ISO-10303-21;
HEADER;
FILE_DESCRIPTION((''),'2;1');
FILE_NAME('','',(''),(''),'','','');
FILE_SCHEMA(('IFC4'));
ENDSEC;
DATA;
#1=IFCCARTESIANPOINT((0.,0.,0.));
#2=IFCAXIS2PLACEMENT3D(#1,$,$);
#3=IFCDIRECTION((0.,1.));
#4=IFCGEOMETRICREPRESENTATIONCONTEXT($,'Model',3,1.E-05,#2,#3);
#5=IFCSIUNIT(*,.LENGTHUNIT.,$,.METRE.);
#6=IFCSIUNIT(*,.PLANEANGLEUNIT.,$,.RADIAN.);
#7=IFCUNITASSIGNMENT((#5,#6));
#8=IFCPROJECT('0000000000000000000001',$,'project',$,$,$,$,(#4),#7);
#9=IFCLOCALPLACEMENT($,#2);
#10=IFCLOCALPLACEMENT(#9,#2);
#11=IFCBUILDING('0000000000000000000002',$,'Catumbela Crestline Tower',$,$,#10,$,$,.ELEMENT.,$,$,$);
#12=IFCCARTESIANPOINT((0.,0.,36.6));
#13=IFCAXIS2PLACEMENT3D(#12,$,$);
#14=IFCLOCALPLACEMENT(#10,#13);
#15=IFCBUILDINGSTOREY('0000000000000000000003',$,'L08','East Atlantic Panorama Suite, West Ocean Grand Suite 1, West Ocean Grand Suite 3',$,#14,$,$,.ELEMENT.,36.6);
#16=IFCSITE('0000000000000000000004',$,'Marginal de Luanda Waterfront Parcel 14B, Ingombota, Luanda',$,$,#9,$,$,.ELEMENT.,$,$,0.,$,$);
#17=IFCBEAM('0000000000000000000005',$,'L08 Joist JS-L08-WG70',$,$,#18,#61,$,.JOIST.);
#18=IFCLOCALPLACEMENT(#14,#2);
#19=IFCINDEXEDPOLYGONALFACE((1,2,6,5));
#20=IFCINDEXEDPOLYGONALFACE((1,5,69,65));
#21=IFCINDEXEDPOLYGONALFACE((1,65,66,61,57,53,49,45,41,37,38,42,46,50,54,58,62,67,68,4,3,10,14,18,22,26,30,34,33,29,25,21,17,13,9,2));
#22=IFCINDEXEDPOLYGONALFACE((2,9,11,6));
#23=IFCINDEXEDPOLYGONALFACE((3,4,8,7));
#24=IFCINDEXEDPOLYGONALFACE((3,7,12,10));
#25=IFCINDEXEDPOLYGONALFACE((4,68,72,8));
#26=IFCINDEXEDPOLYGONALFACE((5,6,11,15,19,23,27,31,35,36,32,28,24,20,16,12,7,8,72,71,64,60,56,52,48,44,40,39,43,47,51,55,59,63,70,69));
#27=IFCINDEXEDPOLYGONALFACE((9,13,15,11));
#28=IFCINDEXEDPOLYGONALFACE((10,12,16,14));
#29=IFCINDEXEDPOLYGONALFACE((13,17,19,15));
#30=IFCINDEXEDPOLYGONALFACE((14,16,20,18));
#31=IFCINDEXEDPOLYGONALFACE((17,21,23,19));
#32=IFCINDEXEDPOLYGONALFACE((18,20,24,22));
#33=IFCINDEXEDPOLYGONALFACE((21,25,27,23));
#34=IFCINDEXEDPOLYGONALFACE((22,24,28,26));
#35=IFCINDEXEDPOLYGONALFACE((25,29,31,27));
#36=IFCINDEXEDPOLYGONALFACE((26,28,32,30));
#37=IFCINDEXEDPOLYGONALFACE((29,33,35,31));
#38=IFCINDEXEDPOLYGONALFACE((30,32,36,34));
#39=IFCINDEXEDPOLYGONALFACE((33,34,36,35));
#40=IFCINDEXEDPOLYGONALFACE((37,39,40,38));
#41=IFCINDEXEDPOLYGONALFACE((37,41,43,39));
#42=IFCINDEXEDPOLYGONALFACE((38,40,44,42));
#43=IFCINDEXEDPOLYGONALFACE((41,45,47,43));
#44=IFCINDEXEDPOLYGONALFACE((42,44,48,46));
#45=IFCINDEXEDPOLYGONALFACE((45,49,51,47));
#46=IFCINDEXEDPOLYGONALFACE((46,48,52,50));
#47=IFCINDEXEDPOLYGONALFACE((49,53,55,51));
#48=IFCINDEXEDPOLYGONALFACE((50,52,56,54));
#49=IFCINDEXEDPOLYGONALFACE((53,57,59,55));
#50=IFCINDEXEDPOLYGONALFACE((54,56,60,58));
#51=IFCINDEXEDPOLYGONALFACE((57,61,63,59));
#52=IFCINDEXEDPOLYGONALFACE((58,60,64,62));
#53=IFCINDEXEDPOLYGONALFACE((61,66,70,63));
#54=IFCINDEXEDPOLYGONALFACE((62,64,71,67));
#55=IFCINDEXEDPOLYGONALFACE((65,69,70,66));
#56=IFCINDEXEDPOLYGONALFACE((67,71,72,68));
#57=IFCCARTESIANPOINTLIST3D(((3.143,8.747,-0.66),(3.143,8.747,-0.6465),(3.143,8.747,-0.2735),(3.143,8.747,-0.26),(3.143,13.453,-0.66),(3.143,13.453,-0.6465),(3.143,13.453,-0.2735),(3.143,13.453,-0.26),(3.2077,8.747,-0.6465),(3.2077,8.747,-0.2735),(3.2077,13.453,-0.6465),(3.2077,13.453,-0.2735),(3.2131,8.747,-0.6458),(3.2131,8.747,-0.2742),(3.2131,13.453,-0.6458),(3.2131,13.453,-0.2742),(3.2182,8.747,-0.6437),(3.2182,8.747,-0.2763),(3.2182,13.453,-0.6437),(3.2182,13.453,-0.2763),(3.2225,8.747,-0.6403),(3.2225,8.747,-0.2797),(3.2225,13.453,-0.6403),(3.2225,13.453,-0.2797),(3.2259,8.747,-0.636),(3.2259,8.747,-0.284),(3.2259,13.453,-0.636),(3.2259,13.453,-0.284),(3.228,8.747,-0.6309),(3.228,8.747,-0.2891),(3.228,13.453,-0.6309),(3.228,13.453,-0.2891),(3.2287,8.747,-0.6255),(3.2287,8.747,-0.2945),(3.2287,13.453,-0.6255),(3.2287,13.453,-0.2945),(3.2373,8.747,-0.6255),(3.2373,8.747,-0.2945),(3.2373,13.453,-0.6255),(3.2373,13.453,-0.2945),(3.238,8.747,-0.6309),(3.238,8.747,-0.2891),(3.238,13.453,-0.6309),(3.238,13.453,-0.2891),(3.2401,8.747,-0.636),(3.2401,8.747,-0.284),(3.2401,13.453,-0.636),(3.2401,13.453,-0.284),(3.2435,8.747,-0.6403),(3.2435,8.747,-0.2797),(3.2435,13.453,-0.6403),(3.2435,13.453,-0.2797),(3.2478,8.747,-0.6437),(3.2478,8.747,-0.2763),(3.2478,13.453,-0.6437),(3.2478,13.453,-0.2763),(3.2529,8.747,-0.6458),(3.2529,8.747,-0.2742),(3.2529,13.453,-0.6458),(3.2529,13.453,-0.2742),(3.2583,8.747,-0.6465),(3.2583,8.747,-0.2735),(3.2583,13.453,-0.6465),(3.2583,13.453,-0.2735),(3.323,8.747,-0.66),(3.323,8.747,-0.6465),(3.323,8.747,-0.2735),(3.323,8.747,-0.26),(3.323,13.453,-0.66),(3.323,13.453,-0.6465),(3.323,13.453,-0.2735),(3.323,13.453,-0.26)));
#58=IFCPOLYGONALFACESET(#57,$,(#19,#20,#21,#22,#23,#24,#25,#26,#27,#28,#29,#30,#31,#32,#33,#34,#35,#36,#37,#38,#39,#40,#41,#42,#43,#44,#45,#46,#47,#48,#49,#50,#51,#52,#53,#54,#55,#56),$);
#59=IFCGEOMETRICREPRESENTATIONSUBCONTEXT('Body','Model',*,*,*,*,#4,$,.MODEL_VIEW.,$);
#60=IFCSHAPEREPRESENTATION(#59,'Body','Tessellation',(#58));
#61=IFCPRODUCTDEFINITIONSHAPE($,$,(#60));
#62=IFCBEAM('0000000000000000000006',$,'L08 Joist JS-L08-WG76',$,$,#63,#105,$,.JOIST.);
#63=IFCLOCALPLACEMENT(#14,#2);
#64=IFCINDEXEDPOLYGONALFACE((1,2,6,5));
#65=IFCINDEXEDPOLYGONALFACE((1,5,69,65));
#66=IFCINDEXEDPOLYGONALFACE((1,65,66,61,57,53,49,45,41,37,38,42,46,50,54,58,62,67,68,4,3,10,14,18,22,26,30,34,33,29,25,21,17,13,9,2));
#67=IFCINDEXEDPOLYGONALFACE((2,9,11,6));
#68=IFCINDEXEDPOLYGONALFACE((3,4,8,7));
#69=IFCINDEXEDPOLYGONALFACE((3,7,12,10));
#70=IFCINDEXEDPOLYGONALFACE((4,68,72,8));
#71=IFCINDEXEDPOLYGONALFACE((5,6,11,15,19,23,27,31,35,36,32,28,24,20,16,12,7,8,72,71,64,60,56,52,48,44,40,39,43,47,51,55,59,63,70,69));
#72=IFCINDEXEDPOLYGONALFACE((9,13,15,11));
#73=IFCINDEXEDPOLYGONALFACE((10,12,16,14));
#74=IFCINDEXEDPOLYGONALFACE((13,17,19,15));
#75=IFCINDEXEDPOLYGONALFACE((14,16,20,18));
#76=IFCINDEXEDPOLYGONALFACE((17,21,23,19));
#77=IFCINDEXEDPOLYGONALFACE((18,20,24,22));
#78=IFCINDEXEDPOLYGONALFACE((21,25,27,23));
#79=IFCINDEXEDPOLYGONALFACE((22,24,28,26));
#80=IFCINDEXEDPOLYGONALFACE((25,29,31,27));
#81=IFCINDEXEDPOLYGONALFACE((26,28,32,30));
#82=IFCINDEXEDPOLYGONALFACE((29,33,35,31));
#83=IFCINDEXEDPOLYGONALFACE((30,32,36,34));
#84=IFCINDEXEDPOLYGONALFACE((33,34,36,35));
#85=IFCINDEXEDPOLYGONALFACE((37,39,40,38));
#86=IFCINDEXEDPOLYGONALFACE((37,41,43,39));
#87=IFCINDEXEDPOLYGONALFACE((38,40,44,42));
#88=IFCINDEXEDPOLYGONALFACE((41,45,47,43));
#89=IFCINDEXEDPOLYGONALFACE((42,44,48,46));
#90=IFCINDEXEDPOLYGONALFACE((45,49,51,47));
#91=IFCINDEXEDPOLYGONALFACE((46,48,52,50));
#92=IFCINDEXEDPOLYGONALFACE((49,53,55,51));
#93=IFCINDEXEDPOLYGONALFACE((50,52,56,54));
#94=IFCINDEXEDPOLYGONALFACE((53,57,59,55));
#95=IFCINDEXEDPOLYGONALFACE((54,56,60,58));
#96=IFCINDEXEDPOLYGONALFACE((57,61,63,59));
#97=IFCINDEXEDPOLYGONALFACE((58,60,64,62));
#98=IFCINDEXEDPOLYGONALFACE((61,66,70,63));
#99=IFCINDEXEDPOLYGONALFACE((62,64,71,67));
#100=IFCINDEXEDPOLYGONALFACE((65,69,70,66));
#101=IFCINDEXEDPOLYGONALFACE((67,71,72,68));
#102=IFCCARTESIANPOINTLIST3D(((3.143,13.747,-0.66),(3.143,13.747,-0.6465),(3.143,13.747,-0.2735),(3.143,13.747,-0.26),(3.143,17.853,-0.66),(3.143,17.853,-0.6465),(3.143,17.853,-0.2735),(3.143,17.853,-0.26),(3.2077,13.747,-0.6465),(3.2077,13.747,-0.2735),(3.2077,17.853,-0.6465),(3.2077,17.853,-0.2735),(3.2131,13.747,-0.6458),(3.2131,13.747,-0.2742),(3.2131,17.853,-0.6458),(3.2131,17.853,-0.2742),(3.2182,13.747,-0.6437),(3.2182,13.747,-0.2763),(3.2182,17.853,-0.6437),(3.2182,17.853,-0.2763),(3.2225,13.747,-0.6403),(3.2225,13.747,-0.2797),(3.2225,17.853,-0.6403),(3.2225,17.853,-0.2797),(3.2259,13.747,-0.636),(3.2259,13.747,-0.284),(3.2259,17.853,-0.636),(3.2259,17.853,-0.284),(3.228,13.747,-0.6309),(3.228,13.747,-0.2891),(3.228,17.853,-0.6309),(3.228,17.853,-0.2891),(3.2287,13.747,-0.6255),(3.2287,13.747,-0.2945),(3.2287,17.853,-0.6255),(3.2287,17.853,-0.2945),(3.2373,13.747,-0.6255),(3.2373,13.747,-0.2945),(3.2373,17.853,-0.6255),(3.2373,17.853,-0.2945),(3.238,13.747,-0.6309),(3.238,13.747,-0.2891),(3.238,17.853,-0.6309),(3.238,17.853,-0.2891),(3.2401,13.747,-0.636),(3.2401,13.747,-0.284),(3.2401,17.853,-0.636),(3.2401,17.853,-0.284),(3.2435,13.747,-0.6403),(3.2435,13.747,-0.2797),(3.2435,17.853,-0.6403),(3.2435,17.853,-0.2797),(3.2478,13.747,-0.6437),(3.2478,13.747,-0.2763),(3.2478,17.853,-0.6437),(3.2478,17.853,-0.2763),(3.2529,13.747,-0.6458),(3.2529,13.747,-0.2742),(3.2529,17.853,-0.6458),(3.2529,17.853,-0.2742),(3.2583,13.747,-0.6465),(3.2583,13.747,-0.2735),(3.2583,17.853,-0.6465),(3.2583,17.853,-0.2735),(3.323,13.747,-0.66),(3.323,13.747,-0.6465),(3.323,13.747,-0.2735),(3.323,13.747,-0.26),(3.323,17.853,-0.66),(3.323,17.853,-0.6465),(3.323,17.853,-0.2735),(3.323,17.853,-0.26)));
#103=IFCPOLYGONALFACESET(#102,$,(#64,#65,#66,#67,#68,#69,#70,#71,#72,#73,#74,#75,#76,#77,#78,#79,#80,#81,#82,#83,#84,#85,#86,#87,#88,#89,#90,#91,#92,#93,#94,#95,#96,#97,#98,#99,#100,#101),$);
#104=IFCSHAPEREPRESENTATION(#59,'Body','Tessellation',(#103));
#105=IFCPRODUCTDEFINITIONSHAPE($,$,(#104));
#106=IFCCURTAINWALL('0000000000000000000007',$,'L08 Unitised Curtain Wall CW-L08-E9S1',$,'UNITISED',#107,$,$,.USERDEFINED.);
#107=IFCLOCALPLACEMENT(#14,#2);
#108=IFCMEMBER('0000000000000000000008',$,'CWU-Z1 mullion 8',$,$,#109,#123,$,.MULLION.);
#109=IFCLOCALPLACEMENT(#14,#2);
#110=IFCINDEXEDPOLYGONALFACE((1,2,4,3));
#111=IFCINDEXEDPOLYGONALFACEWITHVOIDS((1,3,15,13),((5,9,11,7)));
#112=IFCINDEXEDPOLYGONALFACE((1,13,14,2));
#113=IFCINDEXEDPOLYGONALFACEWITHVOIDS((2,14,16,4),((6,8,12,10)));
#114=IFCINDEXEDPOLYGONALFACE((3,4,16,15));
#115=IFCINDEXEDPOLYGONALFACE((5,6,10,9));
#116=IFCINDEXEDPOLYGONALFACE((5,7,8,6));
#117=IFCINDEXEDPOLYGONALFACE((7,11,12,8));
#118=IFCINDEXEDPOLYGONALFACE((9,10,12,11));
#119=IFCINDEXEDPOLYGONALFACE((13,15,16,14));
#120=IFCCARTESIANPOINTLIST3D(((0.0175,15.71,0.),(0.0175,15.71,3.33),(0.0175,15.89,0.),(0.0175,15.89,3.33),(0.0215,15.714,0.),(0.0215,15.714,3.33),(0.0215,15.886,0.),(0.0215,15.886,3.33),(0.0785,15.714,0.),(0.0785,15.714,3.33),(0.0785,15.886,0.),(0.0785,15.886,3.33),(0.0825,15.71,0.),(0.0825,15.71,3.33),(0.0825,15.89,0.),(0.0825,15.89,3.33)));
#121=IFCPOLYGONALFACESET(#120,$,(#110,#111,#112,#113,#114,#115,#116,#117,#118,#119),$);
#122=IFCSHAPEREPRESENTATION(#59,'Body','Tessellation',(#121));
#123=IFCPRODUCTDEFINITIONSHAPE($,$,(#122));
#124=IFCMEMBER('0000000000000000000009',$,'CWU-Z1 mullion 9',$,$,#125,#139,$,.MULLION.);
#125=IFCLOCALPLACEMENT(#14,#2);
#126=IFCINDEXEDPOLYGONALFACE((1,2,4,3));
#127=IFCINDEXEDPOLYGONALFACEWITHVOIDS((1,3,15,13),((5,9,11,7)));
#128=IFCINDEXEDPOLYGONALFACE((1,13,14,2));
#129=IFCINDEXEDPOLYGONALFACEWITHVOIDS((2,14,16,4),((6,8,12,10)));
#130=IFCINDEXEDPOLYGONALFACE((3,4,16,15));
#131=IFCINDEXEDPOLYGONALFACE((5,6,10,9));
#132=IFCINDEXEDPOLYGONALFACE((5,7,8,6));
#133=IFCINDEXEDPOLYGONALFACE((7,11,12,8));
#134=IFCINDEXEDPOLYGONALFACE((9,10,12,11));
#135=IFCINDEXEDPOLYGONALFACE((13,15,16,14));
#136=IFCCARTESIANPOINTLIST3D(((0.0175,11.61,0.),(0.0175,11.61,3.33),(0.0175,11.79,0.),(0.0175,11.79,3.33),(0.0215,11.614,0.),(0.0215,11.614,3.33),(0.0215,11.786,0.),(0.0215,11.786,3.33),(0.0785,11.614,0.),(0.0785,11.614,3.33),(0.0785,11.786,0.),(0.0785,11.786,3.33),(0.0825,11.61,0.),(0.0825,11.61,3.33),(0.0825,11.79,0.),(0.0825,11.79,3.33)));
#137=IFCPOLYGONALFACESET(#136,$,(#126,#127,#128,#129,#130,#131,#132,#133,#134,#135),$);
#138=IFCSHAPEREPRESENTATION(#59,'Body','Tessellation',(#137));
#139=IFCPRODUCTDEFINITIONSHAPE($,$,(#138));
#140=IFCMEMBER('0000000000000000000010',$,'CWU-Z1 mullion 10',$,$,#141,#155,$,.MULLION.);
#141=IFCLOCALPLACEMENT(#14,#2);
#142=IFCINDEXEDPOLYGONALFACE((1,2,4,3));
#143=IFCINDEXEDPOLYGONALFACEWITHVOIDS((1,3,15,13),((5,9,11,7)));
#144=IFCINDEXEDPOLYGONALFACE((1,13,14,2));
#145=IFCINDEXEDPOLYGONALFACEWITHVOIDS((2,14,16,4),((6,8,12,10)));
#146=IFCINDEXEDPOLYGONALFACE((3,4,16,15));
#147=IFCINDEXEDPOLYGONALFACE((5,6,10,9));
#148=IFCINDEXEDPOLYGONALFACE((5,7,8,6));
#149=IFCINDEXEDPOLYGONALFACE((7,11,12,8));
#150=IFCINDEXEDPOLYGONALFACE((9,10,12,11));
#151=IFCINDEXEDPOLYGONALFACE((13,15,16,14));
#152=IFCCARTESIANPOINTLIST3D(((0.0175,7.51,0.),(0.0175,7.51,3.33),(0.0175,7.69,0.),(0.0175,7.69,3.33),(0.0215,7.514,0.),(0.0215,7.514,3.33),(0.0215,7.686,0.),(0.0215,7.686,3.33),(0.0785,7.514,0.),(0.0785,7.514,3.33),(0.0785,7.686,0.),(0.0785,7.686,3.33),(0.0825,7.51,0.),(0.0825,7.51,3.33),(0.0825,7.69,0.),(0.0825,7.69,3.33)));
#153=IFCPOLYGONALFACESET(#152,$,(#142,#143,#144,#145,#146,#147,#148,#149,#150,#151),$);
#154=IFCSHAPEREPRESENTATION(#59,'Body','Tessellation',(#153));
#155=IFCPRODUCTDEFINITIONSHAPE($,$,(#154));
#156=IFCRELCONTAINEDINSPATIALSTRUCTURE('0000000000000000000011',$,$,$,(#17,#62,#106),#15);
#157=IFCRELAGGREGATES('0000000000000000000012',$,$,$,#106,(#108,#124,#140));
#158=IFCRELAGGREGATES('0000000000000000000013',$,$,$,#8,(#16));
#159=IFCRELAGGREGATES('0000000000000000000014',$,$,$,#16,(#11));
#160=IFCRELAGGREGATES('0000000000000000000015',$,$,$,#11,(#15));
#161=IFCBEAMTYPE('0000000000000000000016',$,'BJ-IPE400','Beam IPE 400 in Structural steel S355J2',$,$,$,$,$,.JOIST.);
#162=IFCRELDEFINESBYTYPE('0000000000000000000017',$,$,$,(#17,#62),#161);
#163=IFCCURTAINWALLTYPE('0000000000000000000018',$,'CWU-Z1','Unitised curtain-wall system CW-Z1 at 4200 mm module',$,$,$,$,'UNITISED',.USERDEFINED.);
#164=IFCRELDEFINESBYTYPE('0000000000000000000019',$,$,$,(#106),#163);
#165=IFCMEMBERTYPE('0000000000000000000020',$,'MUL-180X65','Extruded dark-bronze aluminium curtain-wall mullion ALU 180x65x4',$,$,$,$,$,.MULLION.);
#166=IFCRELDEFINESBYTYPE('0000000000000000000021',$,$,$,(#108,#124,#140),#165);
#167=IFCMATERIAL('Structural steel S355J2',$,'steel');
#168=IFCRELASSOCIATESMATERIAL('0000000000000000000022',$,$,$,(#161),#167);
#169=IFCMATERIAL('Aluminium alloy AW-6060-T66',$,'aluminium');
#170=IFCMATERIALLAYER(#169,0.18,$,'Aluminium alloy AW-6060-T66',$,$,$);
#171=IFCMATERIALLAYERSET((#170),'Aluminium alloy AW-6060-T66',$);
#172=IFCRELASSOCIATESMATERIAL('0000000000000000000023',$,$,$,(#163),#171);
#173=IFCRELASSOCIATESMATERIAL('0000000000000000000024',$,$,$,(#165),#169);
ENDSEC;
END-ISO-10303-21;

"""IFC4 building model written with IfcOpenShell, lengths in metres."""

from ifc_helpers import new_model, si_unit, direction, frame, origin, origin_2d, place, context, subcontext, project, spatial, hollow_rectangle, i_section, extrude, material, layer, layer_set, material_profile, profile_set, type_object, element, aggregate, save


model = new_model("IFC4")

# Units and contexts
model_context = context("Model", 3, precision=1e-05, world=origin(), true_north=direction((0.0, 1.0)))
body_context = subcontext(model_context, "Body", "Model", "MODEL_VIEW")
ifc_project = project(units=[si_unit("LENGTHUNIT", "METRE"), si_unit("PLANEANGLEUNIT", "RADIAN")], contexts=[model_context])

# Site, building, storey
site_placement = place(None, origin())
site = spatial("IfcSite", under=ifc_project, at=site_placement, Name="Marginal de Luanda Waterfront Parcel 14B, Ingombota, Luanda", CompositionType="ELEMENT", RefElevation=0.0)
building_placement = place(site_placement, origin())
building = spatial("IfcBuilding", under=site, at=building_placement, Name="Catumbela Crestline Tower", CompositionType="ELEMENT")
storey_placement = place(building_placement, frame((0.0, 0.0, 36.6)))
storey = spatial("IfcBuildingStorey", under=building, at=storey_placement, Name="L08", Description="East Atlantic Panorama Suite, West Ocean Grand Suite 1, West Ocean Grand Suite 3", CompositionType="ELEMENT", Elevation=36.6)

# Beams
ifc_material_1 = material(Name="Structural steel S355J2", Category="steel")
ifc_material_profile_1 = material_profile(ifc_material_1, i_section(OverallWidth=0.18, OverallDepth=0.4, WebThickness=0.0086, FlangeThickness=0.0135, FilletRadius=0.021, at=origin_2d()), Name="IPE 400")
ifc_profile_set_1 = profile_set([ifc_material_profile_1], Name="Structural steel S355J2")
beam_type_1 = type_object("IfcBeamType", Name="BJ-IPE400", Description="Beam IPE 400 in Structural steel S355J2", PredefinedType="JOIST", material=ifc_profile_set_1)
beam_1_placement = place(storey_placement, frame((3.233, 8.747, -0.46), z_axis=(0.0, 1.0, 0.0), x_axis=(-1.0, 0.0, 0.0)))
element("IfcBeam", 1, at=beam_1_placement, inside=storey, type_object=beam_type_1, Name="L08 Joist JS-L08-WG70", PredefinedType="JOIST", context=body_context, shape_type="SweptSolid", body=[
    extrude(i_section(OverallWidth=0.18, OverallDepth=0.4, WebThickness=0.0086, FlangeThickness=0.0135, FilletRadius=0.021, at=origin_2d()), origin(), (0.0, 0.0, 1.0), 4.706),
])
beam_2_placement = place(storey_placement, frame((3.233, 13.747, -0.46), z_axis=(0.0, 1.0, 0.0), x_axis=(-1.0, 0.0, 0.0)))
element("IfcBeam", 2, at=beam_2_placement, inside=storey, type_object=beam_type_1, Name="L08 Joist JS-L08-WG76", PredefinedType="JOIST", context=body_context, shape_type="SweptSolid", body=[
    extrude(i_section(OverallWidth=0.18, OverallDepth=0.4, WebThickness=0.0086, FlangeThickness=0.0135, FilletRadius=0.021, at=origin_2d()), origin(), (0.0, 0.0, 1.0), 4.106),
])

# Curtain wall, members
ifc_material_2 = material(Name="Aluminium alloy AW-6060-T66", Category="aluminium")
ifc_layer_1 = layer(ifc_material_2, 0.18, Name="Aluminium alloy AW-6060-T66")
ifc_layer_set_1 = layer_set([ifc_layer_1], Name="Aluminium alloy AW-6060-T66")
curtain_wall_type = type_object("IfcCurtainWallType", Name="CWU-Z1", Description="Unitised curtain-wall system CW-Z1 at 4200 mm module", ElementType="UNITISED", PredefinedType="USERDEFINED", material=ifc_layer_set_1)
curtain_wall_placement = place(storey_placement, origin())
curtain_wall = element("IfcCurtainWall", 3, at=curtain_wall_placement, inside=storey, type_object=curtain_wall_type, Name="L08 Unitised Curtain Wall CW-L08-E9S1", ObjectType="UNITISED", PredefinedType="USERDEFINED")
ifc_material_profile_2 = material_profile(ifc_material_2, hollow_rectangle(XDim=0.065, YDim=0.18, WallThickness=0.004, at=origin_2d()), Name="ALU 180x65x4")
ifc_profile_set_2 = profile_set([ifc_material_profile_2], Name="Aluminium alloy AW-6060-T66")
member_type_1 = type_object("IfcMemberType", Name="MUL-180X65", Description="Extruded dark-bronze aluminium curtain-wall mullion ALU 180x65x4", PredefinedType="MULLION", material=ifc_profile_set_2)
member_1_placement = place(storey_placement, frame((0.05, 15.8, 0.0), z_axis=(0.0, 0.0, 1.0), x_axis=(1.0, 0.0, 0.0)))
member_1 = element("IfcMember", 4, at=member_1_placement, type_object=member_type_1, Name="CWU-Z1 mullion 8", PredefinedType="MULLION", context=body_context, shape_type="SweptSolid", body=[
    extrude(hollow_rectangle(XDim=0.065, YDim=0.18, WallThickness=0.004, at=origin_2d()), origin(), (0.0, 0.0, 1.0), 3.33),
])
member_2_placement = place(storey_placement, frame((0.05, 11.7, 0.0), z_axis=(0.0, 0.0, 1.0), x_axis=(1.0, 0.0, 0.0)))
member_2 = element("IfcMember", 5, at=member_2_placement, type_object=member_type_1, Name="CWU-Z1 mullion 9", PredefinedType="MULLION", context=body_context, shape_type="SweptSolid", body=[
    extrude(hollow_rectangle(XDim=0.065, YDim=0.18, WallThickness=0.004, at=origin_2d()), origin(), (0.0, 0.0, 1.0), 3.33),
])
member_3_placement = place(storey_placement, frame((0.05, 7.6, 0.0), z_axis=(0.0, 0.0, 1.0), x_axis=(1.0, 0.0, 0.0)))
member_3 = element("IfcMember", 6, at=member_3_placement, type_object=member_type_1, Name="CWU-Z1 mullion 10", PredefinedType="MULLION", context=body_context, shape_type="SweptSolid", body=[
    extrude(hollow_rectangle(XDim=0.065, YDim=0.18, WallThickness=0.004, at=origin_2d()), origin(), (0.0, 0.0, 1.0), 3.33),
])

aggregate(curtain_wall, [member_1, member_2, member_3])

save(model, "model.ifc")
